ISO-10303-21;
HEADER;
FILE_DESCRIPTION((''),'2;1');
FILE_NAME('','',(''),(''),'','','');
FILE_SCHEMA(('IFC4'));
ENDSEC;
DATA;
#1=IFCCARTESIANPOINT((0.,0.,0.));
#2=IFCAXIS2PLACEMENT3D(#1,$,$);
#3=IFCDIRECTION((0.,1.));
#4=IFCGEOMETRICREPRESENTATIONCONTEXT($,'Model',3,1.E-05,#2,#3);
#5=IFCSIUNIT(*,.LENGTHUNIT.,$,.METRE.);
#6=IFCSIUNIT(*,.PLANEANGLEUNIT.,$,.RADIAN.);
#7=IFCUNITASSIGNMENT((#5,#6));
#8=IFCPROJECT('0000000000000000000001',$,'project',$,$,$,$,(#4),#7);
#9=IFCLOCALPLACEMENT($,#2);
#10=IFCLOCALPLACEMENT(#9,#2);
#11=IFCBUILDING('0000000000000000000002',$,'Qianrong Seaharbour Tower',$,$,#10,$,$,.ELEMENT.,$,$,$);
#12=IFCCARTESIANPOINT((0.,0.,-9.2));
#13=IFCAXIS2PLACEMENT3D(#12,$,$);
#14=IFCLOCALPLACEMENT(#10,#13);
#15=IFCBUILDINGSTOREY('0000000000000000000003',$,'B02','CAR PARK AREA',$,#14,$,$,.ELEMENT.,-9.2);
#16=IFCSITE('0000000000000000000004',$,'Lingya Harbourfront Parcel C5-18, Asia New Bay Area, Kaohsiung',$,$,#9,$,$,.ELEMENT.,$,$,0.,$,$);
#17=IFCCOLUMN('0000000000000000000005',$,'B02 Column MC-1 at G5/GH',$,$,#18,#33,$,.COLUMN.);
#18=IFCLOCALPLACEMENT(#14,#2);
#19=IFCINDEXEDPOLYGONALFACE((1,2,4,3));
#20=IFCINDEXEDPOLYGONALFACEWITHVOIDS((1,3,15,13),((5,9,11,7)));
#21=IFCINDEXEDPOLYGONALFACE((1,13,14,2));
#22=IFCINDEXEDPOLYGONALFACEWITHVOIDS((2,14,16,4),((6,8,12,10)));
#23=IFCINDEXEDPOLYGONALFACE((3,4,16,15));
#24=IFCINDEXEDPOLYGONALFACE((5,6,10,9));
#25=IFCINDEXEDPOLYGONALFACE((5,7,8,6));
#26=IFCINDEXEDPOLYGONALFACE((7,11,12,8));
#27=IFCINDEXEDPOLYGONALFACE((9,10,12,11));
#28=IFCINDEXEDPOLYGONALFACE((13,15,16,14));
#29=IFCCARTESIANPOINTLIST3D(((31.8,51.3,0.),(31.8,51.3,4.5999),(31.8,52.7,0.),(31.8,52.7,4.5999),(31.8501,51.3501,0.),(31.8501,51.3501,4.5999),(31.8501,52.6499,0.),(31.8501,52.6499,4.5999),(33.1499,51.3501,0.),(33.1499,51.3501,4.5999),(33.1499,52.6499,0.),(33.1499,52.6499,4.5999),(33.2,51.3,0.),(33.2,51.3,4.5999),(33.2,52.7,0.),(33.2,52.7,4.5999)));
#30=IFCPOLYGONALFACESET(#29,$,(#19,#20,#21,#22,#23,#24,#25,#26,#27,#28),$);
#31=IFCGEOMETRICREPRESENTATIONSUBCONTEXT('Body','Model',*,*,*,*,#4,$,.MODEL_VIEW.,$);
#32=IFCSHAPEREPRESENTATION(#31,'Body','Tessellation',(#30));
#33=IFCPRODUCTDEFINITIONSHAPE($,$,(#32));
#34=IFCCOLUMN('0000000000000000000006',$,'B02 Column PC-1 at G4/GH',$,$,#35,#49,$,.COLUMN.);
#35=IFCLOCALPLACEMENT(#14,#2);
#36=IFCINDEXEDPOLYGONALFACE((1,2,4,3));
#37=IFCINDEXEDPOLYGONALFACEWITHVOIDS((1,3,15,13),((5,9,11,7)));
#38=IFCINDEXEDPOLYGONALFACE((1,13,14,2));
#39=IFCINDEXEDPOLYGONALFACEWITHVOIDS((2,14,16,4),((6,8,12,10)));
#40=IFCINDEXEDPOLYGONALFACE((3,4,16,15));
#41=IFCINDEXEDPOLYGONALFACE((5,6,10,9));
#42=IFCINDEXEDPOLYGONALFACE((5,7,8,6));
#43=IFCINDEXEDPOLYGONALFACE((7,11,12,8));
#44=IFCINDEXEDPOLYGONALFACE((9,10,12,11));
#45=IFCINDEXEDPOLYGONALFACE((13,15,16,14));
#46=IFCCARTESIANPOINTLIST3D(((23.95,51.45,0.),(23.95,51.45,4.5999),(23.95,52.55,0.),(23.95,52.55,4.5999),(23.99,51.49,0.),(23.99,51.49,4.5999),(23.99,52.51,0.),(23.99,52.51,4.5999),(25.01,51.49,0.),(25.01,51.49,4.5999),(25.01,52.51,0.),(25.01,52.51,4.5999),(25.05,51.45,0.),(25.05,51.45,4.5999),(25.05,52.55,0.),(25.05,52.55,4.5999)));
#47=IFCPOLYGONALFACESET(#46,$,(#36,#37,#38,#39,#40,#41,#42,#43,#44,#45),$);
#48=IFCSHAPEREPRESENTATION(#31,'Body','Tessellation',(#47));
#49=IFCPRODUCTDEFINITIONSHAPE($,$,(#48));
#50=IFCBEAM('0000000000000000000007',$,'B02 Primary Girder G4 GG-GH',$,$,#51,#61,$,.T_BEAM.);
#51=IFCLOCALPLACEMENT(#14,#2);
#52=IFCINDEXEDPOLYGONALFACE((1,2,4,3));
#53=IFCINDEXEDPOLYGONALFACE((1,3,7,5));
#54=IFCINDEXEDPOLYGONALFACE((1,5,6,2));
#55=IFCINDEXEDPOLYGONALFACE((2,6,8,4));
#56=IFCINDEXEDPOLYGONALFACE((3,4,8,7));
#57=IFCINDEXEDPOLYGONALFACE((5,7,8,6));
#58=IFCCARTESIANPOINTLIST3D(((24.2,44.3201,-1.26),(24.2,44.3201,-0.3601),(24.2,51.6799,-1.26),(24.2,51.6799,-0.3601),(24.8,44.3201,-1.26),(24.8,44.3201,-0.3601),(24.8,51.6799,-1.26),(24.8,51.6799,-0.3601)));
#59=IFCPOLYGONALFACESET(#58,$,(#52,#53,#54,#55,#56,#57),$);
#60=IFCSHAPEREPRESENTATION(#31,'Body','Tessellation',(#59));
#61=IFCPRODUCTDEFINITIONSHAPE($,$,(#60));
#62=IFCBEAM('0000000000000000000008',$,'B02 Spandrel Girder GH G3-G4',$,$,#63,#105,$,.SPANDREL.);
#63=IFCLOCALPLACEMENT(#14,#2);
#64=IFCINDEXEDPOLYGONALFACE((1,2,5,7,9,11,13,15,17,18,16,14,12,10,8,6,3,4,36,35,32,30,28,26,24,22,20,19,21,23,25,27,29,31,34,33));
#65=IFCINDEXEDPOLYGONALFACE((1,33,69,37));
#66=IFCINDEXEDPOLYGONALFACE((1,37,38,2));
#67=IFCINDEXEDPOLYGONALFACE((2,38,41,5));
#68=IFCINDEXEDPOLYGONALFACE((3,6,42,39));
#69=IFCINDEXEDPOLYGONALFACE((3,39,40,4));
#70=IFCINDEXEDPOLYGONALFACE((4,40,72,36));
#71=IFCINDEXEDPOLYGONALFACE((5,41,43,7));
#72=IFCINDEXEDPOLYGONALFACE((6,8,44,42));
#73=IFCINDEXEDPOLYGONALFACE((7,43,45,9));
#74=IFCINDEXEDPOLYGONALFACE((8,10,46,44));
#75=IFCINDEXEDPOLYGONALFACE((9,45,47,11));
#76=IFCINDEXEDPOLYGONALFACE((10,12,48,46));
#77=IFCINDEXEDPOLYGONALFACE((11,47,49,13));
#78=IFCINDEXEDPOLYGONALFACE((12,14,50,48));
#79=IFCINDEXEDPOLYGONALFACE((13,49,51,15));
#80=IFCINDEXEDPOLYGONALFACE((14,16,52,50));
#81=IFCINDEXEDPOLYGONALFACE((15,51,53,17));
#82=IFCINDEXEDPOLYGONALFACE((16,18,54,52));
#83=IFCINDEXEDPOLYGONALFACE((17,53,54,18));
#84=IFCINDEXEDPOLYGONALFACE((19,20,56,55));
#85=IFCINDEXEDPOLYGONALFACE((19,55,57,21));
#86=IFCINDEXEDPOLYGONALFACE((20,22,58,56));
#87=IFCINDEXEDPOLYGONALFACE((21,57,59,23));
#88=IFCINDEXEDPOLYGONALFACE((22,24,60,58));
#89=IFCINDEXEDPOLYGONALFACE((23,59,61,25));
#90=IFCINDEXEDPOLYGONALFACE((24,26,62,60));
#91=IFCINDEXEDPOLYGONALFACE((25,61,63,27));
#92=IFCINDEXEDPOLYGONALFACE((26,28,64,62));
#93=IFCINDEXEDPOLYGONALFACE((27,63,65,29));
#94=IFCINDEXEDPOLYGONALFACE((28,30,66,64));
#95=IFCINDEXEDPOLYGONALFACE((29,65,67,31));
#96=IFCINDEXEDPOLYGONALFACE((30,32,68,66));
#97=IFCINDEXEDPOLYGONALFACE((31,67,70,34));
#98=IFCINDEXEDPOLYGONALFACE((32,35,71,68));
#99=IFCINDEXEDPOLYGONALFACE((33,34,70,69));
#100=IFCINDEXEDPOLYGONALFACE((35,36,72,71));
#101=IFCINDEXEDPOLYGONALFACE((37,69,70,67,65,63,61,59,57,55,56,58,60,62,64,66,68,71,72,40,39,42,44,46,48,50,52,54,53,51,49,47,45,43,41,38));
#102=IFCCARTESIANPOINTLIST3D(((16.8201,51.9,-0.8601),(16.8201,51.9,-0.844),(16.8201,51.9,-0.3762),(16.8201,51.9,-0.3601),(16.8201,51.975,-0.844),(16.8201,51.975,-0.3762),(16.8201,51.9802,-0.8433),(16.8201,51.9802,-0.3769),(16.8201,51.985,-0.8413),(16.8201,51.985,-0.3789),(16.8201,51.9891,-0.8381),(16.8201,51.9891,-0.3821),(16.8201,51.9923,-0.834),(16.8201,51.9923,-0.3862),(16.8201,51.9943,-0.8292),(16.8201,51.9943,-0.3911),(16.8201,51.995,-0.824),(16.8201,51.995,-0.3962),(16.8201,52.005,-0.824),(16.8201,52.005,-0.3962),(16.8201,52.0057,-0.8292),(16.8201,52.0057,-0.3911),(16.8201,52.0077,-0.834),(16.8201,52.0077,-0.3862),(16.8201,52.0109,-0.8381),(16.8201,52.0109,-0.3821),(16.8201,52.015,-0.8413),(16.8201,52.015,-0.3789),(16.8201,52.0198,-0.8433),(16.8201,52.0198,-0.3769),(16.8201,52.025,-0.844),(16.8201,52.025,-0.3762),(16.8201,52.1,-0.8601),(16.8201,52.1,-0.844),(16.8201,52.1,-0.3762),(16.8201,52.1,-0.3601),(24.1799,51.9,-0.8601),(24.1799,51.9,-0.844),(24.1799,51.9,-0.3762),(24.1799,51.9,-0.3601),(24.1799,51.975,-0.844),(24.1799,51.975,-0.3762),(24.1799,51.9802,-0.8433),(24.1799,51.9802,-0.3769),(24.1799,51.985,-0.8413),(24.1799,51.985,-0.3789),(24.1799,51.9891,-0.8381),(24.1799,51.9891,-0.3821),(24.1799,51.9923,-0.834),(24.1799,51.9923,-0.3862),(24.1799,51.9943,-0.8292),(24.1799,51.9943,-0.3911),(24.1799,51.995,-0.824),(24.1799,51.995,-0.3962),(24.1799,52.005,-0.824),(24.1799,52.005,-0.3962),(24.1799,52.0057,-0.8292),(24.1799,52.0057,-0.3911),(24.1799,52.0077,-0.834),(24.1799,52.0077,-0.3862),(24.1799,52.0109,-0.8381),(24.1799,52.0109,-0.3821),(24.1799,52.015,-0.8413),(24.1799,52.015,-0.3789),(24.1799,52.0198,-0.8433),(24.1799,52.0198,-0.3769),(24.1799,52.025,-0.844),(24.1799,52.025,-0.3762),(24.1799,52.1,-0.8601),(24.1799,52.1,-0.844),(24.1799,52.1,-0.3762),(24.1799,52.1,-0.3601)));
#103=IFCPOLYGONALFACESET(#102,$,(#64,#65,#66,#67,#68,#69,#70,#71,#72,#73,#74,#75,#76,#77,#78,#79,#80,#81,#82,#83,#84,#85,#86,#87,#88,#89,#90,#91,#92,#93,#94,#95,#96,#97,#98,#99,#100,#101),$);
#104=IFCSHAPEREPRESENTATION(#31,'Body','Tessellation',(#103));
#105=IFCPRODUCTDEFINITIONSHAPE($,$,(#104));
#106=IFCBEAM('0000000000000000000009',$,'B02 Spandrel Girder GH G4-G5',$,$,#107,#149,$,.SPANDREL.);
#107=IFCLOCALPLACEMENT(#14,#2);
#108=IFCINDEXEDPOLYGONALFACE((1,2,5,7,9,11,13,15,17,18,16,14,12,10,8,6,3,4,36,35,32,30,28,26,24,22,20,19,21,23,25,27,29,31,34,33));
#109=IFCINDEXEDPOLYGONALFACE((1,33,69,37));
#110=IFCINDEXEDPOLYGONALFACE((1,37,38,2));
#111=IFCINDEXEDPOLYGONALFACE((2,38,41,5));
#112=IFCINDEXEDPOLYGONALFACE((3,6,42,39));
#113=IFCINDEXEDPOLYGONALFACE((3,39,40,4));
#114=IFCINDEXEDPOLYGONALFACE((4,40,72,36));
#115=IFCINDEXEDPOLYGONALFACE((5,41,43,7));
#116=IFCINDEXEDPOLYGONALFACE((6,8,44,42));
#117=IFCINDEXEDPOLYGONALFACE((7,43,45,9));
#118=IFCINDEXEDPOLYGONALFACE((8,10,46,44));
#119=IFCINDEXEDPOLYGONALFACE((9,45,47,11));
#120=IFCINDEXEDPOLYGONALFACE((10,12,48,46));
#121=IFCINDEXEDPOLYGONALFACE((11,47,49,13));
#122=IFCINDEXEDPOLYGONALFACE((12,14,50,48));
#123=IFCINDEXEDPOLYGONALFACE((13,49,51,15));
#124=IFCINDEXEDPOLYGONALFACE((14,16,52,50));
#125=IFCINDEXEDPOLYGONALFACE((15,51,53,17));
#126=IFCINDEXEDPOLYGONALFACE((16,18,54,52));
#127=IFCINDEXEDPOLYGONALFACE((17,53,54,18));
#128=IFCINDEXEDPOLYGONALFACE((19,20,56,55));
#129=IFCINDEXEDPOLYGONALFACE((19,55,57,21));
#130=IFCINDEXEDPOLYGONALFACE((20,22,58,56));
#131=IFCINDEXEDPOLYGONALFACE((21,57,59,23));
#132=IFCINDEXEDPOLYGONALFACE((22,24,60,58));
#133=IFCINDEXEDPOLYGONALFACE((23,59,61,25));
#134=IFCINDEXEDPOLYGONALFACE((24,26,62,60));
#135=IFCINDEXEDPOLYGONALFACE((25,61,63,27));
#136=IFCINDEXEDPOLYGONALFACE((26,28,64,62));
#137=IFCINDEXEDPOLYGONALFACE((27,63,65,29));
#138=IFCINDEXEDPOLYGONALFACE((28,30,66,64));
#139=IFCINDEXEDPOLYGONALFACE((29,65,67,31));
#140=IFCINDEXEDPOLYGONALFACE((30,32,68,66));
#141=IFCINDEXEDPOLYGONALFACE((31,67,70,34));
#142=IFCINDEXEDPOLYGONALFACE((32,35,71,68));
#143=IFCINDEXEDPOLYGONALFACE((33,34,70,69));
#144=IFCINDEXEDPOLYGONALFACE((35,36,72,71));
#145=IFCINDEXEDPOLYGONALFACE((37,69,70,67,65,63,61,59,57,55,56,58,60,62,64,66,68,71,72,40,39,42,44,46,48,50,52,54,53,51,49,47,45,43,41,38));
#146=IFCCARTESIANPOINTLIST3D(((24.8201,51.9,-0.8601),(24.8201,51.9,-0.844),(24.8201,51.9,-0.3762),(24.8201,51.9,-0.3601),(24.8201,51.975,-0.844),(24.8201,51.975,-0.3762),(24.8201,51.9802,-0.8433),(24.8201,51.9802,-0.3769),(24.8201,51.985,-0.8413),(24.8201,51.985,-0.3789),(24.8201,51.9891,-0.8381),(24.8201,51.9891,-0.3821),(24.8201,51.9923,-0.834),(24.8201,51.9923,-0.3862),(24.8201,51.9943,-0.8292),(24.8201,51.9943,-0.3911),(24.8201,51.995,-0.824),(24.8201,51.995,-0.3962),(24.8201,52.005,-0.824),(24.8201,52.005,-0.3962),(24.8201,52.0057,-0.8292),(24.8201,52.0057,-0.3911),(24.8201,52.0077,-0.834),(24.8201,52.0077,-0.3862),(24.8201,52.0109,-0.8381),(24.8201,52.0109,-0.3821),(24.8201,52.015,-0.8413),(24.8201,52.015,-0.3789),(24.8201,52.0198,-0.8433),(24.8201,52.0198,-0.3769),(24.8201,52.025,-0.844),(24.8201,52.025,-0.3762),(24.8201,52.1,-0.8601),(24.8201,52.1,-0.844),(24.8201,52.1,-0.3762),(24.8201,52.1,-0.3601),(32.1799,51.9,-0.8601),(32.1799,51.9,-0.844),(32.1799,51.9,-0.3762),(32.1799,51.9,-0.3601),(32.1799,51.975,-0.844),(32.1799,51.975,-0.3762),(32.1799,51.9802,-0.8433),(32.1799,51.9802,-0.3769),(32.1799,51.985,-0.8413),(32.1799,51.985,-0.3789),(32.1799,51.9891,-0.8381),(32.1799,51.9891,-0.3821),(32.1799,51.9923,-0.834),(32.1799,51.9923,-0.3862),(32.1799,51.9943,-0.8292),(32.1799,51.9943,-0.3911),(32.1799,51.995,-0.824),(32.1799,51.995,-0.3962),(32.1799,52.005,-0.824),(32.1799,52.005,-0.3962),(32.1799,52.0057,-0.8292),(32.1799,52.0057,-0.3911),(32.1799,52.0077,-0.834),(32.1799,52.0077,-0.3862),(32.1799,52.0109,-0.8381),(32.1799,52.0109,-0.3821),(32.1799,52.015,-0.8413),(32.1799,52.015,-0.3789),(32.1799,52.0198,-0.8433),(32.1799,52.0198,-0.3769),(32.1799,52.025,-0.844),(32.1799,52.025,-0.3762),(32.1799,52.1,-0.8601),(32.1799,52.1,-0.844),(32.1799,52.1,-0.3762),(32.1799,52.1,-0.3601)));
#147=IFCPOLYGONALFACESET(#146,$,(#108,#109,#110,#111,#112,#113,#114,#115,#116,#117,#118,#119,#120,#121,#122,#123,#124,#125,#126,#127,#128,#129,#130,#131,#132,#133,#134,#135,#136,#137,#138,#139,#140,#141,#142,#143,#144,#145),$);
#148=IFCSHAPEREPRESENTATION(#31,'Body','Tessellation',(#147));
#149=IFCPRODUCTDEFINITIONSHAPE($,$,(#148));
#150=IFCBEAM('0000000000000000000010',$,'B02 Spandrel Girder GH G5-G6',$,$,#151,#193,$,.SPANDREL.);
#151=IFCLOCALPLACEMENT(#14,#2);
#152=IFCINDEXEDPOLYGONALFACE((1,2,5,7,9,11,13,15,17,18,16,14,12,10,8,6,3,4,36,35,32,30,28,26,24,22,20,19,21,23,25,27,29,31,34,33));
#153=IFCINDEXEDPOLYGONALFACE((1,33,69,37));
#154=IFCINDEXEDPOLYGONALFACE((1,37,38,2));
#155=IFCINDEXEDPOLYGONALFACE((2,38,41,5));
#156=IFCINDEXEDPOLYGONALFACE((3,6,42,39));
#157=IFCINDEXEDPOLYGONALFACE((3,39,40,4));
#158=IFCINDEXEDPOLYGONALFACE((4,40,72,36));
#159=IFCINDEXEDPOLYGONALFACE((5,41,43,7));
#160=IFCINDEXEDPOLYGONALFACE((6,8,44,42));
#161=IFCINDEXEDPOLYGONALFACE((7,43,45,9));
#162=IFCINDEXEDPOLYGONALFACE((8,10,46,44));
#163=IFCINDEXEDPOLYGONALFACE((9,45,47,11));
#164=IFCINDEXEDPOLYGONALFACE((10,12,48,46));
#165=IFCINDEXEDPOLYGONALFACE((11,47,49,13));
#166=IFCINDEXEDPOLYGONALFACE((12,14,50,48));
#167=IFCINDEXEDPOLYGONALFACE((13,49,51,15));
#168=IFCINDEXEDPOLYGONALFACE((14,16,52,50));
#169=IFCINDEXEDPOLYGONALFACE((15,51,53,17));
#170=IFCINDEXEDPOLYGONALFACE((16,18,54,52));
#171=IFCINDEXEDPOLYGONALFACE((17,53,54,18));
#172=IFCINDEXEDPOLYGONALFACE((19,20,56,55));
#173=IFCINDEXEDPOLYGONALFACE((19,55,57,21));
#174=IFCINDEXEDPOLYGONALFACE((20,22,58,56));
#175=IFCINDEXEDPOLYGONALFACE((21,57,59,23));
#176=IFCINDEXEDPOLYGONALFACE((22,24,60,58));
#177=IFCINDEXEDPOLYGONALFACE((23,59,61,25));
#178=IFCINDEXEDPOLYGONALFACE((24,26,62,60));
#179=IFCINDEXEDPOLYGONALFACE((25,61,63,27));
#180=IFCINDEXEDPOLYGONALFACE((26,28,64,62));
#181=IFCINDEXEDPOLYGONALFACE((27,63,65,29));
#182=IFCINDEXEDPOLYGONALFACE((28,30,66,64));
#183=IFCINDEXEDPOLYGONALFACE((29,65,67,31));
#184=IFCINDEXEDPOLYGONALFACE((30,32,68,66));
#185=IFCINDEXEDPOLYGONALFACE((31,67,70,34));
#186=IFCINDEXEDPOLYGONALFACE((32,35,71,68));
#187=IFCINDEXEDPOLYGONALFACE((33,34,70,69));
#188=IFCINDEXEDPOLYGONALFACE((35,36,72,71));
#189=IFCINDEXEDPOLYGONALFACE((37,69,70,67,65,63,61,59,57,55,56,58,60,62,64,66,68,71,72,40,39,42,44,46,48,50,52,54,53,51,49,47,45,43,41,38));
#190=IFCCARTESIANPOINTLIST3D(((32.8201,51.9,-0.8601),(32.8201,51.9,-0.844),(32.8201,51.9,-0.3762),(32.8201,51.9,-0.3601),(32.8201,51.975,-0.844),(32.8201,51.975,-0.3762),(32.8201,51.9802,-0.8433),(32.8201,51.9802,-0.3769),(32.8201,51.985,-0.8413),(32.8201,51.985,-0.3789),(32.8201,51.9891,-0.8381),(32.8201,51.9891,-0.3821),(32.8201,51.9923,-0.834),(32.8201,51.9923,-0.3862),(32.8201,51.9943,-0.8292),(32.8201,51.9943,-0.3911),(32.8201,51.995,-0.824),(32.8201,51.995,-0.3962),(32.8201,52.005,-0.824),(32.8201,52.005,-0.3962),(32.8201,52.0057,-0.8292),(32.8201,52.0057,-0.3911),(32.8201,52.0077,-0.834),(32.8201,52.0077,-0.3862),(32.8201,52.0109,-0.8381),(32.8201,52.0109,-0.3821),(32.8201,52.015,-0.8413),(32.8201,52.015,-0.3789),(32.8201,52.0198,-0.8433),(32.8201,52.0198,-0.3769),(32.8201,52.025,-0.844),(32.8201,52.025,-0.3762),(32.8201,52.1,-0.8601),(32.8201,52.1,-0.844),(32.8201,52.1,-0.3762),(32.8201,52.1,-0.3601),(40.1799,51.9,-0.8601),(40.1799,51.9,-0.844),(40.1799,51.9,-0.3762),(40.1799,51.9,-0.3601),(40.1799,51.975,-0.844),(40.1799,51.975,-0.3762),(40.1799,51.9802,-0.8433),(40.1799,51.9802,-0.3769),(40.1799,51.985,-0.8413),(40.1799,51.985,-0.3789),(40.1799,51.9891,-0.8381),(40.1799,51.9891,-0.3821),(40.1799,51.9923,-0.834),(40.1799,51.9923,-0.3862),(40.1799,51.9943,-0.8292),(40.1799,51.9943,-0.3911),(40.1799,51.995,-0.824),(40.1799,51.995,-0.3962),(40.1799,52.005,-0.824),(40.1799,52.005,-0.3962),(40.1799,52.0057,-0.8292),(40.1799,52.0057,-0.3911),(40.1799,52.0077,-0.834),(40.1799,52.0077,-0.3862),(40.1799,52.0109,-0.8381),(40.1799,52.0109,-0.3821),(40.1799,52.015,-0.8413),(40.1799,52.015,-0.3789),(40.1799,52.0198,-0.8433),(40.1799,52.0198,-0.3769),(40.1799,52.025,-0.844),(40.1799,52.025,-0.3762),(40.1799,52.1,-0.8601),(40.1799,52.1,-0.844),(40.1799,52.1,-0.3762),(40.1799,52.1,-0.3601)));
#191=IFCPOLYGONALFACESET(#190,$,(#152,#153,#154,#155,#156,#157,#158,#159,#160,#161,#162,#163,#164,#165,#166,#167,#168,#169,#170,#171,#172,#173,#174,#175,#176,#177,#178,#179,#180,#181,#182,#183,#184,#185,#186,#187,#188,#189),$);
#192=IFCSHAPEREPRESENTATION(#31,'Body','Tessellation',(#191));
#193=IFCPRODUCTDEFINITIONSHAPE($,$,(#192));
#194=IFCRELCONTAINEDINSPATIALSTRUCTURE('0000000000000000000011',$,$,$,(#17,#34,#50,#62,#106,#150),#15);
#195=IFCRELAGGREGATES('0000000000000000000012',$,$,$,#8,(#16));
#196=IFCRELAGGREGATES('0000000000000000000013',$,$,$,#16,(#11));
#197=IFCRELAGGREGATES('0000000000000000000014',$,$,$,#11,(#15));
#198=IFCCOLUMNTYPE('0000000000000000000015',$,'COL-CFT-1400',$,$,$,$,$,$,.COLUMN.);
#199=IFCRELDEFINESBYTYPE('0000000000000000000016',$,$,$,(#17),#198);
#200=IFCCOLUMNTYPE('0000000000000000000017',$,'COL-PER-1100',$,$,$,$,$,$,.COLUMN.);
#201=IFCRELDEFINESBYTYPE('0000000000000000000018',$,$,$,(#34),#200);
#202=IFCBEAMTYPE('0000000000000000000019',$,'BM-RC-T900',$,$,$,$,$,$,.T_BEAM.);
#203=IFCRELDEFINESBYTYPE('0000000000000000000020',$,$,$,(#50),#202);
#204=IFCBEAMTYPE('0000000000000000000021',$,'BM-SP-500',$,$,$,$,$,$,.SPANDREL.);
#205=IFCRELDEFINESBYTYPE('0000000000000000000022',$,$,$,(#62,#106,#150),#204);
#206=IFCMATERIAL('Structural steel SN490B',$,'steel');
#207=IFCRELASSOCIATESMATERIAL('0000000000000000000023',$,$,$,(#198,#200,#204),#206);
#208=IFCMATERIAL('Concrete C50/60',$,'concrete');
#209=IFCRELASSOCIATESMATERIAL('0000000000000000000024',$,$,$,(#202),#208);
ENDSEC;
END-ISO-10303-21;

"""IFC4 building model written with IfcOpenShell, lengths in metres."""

from ifc_helpers import new_model, si_unit, direction, frame, origin, origin_2d, place, context, subcontext, project, spatial, rectangle, hollow_rectangle, i_section, extrude, material, material_profile, profile_set, type_object, element, save


model = new_model("IFC4")

# Units and contexts
model_context = context("Model", 3, precision=1e-05, world=origin(), true_north=direction((0.0, 1.0)))
body_context = subcontext(model_context, "Body", "Model", "MODEL_VIEW")
ifc_project = project(units=[si_unit("LENGTHUNIT", "METRE"), si_unit("PLANEANGLEUNIT", "RADIAN")], contexts=[model_context])

# Site, building, storey
site_placement = place(None, origin())
site = spatial("IfcSite", under=ifc_project, at=site_placement, Name="Lingya Harbourfront Parcel C5-18, Asia New Bay Area, Kaohsiung", CompositionType="ELEMENT", RefElevation=0.0)
building_placement = place(site_placement, origin())
building = spatial("IfcBuilding", under=site, at=building_placement, Name="Qianrong Seaharbour Tower", CompositionType="ELEMENT")
storey_placement = place(building_placement, frame((0.0, 0.0, -9.2)))
storey = spatial("IfcBuildingStorey", under=building, at=storey_placement, Name="B02", Description="CAR PARK AREA", CompositionType="ELEMENT", Elevation=-9.2)

# Columns
ifc_material_1 = material(Name="Structural steel SN490B", Category="steel")
ifc_material_profile_1 = material_profile(ifc_material_1, hollow_rectangle(XDim=1.3999, YDim=1.3999, WallThickness=0.05, at=origin_2d()), Name="BOX1400x1400x50")
ifc_profile_set_1 = profile_set([ifc_material_profile_1], Name="Structural steel SN490B")
column_type_1 = type_object("IfcColumnType", Name="COL-CFT-1400", PredefinedType="COLUMN", material=ifc_profile_set_1)
column_1_placement = place(storey_placement, frame((32.5, 52.0, 0.0), z_axis=(0.0, 0.0, 1.0), x_axis=(1.0, 0.0, 0.0)))
element("IfcColumn", 1, at=column_1_placement, inside=storey, type_object=column_type_1, Name="B02 Column MC-1 at G5/GH", PredefinedType="COLUMN", context=body_context, shape_type="SweptSolid", body=[
    extrude(hollow_rectangle(XDim=1.3999, YDim=1.3999, WallThickness=0.05, at=origin_2d()), origin(), (0.0, 0.0, 1.0), 4.5999),
])
ifc_material_profile_2 = material_profile(ifc_material_1, hollow_rectangle(XDim=1.1001, YDim=1.1001, WallThickness=0.04, at=origin_2d()), Name="BOX1100x1100x40")
ifc_profile_set_2 = profile_set([ifc_material_profile_2], Name="Structural steel SN490B")
column_type_2 = type_object("IfcColumnType", Name="COL-PER-1100", PredefinedType="COLUMN", material=ifc_profile_set_2)
column_2_placement = place(storey_placement, frame((24.5, 52.0, 0.0), z_axis=(0.0, 0.0, 1.0), x_axis=(1.0, 0.0, 0.0)))
element("IfcColumn", 2, at=column_2_placement, inside=storey, type_object=column_type_2, Name="B02 Column PC-1 at G4/GH", PredefinedType="COLUMN", context=body_context, shape_type="SweptSolid", body=[
    extrude(hollow_rectangle(XDim=1.1001, YDim=1.1001, WallThickness=0.04, at=origin_2d()), origin(), (0.0, 0.0, 1.0), 4.5999),
])

# Beams
ifc_material_2 = material(Name="Concrete C50/60", Category="concrete")
ifc_material_profile_3 = material_profile(ifc_material_2, rectangle(XDim=0.6001, YDim=0.8999, at=origin_2d()), Name="RC600x900")
ifc_profile_set_3 = profile_set([ifc_material_profile_3], Name="Concrete C50/60")
beam_type_1 = type_object("IfcBeamType", Name="BM-RC-T900", PredefinedType="T_BEAM", material=ifc_profile_set_3)
beam_placement = place(storey_placement, frame((24.5, 44.3201, -0.8101), z_axis=(0.0, 1.0, 0.0), x_axis=(-1.0, 0.0, 0.0)))
element("IfcBeam", 3, at=beam_placement, inside=storey, type_object=beam_type_1, Name="B02 Primary Girder G4 GG-GH", PredefinedType="T_BEAM", context=body_context, shape_type="SweptSolid", body=[
    extrude(rectangle(XDim=0.6001, YDim=0.8999, at=origin_2d()), origin(), (0.0, 0.0, 1.0), 7.3599),
])
ifc_material_profile_4 = material_profile(ifc_material_1, i_section(OverallWidth=0.2, OverallDepth=0.5, WebThickness=0.01, FlangeThickness=0.0161, FilletRadius=0.02, at=origin_2d()), Name="H500x200x10x16")
ifc_profile_set_4 = profile_set([ifc_material_profile_4], Name="Structural steel SN490B")
beam_type_2 = type_object("IfcBeamType", Name="BM-SP-500", PredefinedType="SPANDREL", material=ifc_profile_set_4)
for number, where, z_axis, x_axis, name in (
    (4, (16.8201, 52.0, -0.6101), (1.0, 0.0, 0.0), (0.0, 1.0, 0.0), "B02 Spandrel Girder GH G3-G4"),
    (5, (24.8201, 52.0, -0.6101), (1.0, 0.0, 0.0), (0.0, 1.0, 0.0), "B02 Spandrel Girder GH G4-G5"),
    (6, (32.8201, 52.0, -0.6101), (1.0, 0.0, 0.0), (0.0, 1.0, 0.0), "B02 Spandrel Girder GH G5-G6"),
):
    element("IfcBeam", number, at=place(storey_placement, frame(where, z_axis=z_axis, x_axis=x_axis)), inside=storey, type_object=beam_type_2, Name=name, PredefinedType="SPANDREL", context=body_context, shape_type="SweptSolid", body=[
        extrude(i_section(OverallWidth=0.2, OverallDepth=0.5, WebThickness=0.01, FlangeThickness=0.0161, FilletRadius=0.02, at=origin_2d()), origin(), (0.0, 0.0, 1.0), 7.3599),
    ])

save(model, "model.ifc")
